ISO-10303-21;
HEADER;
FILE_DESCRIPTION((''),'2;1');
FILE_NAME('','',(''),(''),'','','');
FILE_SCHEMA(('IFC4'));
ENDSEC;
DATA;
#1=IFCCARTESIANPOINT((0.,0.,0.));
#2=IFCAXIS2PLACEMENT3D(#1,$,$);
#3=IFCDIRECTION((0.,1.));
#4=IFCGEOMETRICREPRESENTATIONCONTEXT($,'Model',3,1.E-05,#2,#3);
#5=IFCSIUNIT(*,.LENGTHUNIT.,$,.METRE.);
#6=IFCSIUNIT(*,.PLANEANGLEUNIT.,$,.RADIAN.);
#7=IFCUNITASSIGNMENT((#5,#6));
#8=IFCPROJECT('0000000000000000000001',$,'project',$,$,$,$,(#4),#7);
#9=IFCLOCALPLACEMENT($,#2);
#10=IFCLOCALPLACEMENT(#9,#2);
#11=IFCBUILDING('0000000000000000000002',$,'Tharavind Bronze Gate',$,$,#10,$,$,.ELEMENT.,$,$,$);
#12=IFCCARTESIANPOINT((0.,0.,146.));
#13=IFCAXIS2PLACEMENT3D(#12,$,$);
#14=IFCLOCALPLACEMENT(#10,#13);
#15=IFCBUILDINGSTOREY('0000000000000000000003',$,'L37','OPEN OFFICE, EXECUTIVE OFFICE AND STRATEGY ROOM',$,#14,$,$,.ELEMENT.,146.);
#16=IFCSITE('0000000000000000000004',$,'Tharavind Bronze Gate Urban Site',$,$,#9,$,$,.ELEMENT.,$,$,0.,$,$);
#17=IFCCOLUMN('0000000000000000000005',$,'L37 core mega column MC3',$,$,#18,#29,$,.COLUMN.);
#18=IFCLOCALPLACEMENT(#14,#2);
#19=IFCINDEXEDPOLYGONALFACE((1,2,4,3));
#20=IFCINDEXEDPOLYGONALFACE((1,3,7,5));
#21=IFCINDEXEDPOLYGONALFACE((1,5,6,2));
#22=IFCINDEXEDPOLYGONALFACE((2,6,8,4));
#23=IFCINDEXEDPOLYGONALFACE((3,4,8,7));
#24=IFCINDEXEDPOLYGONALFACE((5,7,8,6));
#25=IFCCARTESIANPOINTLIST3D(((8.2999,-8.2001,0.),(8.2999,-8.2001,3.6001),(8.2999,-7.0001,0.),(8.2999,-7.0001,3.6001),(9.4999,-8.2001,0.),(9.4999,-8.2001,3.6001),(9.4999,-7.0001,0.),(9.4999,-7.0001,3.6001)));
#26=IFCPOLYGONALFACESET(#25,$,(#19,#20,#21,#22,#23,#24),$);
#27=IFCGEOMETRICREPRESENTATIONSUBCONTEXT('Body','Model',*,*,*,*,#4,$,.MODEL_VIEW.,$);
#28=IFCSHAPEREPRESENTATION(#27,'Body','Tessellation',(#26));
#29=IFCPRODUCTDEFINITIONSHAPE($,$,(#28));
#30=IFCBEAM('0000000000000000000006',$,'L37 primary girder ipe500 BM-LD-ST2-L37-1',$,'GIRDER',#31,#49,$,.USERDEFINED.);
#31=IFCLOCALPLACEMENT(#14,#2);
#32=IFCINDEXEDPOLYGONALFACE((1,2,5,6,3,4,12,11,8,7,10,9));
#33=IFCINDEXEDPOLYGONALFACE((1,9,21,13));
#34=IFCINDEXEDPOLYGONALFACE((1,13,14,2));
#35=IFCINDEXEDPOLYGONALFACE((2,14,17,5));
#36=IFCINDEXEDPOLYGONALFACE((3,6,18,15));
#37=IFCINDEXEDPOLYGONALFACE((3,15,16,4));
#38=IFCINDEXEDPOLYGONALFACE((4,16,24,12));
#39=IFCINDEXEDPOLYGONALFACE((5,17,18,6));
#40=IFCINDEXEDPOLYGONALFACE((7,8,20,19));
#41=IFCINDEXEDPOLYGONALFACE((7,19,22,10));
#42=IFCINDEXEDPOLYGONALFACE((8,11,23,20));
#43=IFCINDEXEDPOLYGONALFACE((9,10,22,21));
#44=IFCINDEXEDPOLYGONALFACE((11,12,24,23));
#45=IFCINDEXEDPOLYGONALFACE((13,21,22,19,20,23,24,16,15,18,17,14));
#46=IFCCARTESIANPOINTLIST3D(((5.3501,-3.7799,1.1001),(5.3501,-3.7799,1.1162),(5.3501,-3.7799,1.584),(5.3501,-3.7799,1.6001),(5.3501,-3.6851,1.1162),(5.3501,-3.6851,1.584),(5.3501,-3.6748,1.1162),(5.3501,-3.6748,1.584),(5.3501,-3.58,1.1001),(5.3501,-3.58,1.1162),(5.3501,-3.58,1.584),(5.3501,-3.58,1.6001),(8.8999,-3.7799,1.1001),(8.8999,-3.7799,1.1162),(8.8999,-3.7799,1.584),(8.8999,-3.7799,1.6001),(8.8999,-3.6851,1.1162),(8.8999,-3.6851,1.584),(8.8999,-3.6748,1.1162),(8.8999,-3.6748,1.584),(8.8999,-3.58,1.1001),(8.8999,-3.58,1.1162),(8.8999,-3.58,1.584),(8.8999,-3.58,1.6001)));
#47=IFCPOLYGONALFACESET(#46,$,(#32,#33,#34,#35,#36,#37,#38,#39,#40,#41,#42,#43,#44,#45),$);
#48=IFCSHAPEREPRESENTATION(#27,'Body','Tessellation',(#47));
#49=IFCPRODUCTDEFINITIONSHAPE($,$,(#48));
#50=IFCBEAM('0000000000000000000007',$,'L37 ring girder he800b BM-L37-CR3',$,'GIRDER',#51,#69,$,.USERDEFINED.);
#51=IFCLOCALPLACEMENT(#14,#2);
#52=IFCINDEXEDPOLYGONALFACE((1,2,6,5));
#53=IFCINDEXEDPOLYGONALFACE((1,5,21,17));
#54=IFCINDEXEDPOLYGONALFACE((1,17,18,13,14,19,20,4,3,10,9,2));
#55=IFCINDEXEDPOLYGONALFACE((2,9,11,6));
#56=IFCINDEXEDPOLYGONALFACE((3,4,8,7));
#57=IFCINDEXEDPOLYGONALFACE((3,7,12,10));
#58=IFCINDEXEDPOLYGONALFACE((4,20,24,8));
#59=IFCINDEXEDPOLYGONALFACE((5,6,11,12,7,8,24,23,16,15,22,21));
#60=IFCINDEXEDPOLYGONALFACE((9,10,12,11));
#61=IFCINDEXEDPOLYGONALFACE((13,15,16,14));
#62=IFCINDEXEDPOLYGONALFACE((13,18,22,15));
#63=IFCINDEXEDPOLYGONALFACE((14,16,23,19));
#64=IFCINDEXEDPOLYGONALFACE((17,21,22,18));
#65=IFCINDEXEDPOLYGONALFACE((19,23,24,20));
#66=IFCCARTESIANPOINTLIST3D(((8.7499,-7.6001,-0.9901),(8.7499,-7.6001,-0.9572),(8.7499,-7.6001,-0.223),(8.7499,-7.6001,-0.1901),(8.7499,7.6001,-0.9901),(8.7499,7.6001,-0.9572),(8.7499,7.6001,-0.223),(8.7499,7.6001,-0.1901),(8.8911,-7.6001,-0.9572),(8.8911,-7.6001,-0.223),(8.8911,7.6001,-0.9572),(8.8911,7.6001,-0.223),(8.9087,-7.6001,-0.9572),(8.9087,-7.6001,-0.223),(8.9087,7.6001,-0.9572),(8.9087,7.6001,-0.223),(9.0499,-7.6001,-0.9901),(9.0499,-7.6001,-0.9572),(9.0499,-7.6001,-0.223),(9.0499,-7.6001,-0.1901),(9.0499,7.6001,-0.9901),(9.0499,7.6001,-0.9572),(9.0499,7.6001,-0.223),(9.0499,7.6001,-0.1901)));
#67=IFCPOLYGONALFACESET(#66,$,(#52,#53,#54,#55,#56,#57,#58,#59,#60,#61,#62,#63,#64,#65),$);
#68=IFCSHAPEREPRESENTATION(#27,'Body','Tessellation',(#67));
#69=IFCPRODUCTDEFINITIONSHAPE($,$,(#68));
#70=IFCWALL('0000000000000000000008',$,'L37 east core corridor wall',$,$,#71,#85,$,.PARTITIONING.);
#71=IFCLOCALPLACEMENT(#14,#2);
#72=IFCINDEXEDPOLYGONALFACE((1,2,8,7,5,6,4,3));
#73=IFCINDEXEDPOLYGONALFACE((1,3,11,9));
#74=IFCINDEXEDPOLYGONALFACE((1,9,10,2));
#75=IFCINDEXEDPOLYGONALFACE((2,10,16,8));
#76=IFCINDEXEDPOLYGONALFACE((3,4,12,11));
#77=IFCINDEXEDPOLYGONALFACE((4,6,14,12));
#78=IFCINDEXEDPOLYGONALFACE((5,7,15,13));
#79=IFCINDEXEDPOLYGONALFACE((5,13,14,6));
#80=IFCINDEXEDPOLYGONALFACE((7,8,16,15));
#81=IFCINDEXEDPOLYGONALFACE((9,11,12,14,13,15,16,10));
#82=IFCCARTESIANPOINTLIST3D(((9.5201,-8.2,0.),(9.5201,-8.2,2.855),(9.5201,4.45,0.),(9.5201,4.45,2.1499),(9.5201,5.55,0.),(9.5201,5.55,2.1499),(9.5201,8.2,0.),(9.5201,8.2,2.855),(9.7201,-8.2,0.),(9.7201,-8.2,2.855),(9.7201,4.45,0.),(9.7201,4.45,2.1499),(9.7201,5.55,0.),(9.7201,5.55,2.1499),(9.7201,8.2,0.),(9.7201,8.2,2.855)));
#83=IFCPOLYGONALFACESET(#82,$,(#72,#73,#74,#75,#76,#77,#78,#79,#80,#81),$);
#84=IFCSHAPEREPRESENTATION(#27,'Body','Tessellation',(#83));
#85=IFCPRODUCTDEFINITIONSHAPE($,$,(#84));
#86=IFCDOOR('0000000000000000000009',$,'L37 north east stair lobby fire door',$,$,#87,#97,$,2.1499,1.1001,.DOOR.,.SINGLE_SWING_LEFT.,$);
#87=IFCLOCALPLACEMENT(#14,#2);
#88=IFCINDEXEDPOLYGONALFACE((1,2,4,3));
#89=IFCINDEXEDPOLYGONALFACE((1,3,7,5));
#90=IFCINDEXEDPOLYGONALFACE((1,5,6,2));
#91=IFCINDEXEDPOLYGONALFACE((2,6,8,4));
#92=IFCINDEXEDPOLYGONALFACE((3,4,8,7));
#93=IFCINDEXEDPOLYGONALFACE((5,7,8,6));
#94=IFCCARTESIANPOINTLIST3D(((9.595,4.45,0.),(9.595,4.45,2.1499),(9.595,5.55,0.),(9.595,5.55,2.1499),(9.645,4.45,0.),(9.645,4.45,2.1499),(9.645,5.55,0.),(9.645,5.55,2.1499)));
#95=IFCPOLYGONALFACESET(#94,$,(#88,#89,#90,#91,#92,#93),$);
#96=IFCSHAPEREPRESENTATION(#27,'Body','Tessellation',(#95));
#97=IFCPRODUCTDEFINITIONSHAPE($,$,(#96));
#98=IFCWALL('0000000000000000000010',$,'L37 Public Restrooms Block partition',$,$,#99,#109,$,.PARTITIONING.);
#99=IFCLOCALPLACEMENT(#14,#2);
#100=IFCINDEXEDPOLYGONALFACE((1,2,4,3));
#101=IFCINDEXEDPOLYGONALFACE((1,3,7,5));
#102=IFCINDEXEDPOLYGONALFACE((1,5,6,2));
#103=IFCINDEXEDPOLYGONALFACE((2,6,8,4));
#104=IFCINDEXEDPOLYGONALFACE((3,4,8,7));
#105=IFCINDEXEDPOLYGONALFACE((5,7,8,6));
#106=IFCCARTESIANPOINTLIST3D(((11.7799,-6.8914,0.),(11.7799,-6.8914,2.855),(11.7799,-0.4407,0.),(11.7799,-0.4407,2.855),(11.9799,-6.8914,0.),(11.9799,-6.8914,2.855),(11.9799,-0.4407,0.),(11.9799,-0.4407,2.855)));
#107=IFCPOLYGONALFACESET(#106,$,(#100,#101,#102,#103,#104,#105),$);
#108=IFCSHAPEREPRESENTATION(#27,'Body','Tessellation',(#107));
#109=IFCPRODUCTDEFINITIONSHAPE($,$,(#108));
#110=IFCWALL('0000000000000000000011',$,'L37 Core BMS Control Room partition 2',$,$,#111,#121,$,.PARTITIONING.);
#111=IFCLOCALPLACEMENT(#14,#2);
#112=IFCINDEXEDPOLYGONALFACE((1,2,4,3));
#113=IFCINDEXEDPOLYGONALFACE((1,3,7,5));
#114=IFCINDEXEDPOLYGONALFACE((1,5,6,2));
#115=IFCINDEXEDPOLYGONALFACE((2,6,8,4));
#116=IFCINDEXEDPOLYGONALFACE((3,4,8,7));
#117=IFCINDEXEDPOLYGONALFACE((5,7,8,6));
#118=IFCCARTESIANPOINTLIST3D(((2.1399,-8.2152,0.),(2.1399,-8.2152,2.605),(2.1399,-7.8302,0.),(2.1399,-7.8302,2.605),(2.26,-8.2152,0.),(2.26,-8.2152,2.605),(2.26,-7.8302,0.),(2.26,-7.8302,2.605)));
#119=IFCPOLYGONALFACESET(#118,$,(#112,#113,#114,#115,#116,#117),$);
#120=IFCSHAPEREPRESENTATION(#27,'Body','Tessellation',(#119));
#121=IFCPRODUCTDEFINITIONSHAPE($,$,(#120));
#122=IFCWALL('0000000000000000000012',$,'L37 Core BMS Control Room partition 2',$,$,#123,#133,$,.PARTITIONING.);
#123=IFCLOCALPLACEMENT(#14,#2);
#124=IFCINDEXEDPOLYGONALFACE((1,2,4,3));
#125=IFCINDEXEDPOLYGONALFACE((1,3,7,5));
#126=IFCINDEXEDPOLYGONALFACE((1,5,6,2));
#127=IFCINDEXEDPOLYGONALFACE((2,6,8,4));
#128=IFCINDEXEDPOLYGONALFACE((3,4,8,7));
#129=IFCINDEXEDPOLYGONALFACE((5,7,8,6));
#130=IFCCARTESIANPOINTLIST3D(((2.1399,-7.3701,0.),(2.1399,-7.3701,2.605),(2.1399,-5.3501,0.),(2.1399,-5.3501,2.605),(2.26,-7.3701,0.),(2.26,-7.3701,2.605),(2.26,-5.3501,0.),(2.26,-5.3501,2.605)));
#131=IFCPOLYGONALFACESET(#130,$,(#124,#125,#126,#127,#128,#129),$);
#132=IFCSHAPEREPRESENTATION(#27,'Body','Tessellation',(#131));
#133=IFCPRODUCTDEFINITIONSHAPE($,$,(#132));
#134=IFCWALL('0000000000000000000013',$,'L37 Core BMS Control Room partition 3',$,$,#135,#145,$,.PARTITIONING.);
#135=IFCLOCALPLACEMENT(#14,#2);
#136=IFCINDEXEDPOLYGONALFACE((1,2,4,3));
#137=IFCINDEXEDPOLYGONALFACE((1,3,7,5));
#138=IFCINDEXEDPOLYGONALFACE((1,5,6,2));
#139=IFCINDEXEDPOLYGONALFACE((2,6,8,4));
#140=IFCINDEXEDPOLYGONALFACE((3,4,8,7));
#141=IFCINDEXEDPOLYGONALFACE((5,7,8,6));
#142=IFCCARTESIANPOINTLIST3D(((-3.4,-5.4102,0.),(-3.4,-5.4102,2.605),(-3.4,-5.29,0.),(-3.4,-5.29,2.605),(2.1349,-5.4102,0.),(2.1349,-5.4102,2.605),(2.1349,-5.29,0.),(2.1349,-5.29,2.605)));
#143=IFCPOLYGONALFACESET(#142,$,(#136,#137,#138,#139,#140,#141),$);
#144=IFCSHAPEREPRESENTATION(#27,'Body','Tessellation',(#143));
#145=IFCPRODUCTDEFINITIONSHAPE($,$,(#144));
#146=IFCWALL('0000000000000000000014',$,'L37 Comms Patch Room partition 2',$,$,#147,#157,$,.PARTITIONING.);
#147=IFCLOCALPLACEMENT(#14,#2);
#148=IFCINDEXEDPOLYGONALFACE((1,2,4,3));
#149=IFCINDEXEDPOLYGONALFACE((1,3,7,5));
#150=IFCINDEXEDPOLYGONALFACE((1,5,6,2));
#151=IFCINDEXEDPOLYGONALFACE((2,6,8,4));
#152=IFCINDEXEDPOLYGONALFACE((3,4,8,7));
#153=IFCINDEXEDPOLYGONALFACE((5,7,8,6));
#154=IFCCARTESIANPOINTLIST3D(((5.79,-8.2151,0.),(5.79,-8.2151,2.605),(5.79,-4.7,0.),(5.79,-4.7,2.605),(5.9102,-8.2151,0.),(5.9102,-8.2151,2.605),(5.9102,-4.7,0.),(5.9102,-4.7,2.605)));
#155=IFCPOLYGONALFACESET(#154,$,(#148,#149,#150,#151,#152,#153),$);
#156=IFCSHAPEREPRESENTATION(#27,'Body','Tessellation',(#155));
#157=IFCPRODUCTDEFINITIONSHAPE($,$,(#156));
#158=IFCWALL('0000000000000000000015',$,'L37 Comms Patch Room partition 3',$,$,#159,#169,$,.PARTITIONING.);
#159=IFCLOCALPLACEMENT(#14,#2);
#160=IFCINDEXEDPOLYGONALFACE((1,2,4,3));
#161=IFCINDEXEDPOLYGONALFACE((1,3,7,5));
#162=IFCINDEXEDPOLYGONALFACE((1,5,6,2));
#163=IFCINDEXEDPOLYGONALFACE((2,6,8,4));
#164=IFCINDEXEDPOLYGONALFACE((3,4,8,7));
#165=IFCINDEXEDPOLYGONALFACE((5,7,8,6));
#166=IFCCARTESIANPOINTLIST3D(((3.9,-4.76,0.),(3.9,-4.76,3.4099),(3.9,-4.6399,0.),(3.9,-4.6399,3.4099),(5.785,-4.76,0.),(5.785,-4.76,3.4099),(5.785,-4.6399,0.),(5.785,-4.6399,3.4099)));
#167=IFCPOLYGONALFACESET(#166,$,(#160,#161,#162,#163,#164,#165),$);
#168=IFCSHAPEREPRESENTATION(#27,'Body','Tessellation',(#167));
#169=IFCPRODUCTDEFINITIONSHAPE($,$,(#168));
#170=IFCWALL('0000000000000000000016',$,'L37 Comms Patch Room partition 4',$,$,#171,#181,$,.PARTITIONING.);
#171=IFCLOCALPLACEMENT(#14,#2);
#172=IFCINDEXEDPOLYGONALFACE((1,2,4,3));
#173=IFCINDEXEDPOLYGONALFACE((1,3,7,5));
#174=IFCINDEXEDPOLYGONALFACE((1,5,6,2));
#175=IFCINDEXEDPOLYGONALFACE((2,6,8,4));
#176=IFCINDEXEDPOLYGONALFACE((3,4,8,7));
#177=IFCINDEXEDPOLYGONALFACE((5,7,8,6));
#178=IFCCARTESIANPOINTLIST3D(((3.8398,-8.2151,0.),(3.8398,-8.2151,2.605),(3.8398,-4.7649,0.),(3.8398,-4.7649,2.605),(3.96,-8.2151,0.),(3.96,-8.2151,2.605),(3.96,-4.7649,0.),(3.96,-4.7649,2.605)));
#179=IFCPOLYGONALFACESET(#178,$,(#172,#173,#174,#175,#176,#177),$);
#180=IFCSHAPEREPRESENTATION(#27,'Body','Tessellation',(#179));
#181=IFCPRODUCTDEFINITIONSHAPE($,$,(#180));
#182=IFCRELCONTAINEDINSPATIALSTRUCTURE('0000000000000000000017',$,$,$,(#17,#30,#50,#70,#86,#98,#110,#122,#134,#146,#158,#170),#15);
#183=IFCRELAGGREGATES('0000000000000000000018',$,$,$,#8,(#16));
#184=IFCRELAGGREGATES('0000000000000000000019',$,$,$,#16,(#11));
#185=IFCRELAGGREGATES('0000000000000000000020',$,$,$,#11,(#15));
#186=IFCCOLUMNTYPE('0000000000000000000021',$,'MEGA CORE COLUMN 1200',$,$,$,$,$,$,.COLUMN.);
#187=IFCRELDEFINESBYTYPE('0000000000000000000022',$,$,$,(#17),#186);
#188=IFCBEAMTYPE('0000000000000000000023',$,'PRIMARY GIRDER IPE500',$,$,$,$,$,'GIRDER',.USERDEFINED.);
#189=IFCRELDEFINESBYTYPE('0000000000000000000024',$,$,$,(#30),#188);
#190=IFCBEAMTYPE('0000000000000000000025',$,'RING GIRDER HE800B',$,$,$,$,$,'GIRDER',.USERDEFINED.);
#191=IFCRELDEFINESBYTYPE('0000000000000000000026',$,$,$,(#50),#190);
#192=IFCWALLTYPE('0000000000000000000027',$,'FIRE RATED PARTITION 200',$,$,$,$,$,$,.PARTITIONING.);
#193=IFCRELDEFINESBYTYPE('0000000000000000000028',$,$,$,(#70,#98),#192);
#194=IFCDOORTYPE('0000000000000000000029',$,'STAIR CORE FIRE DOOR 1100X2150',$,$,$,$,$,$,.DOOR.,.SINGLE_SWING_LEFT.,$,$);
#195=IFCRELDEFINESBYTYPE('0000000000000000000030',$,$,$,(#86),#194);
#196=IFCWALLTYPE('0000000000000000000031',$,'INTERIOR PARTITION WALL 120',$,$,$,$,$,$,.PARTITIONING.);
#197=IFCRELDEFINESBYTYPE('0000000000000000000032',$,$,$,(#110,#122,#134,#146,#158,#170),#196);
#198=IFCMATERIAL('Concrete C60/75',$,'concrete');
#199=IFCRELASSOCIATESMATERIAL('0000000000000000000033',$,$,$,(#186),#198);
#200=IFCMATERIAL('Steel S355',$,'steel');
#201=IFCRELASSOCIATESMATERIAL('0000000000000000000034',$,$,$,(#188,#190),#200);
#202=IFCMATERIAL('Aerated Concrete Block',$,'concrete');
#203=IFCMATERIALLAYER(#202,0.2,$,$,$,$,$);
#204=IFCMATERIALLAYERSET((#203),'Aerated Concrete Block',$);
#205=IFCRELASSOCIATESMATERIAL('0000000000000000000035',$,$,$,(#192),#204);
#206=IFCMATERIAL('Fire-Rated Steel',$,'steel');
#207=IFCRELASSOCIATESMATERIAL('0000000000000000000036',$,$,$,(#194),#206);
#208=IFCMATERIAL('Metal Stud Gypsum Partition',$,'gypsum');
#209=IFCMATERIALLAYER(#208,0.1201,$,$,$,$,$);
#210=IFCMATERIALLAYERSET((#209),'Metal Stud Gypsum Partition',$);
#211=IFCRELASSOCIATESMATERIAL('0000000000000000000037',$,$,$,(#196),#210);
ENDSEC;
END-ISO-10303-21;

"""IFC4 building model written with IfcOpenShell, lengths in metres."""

from ifc_helpers import new_model, si_unit, direction, frame, frame_2d, origin, origin_2d, place, context, subcontext, project, spatial, rectangle, i_section, extrude, material, layer, layer_set, material_profile, profile_set, type_object, element, fill, save


model = new_model("IFC4")

# Units and contexts
model_context = context("Model", 3, precision=1e-05, world=origin(), true_north=direction((0.0, 1.0)))
body_context = subcontext(model_context, "Body", "Model", "MODEL_VIEW")
ifc_project = project(units=[si_unit("LENGTHUNIT", "METRE"), si_unit("PLANEANGLEUNIT", "RADIAN")], contexts=[model_context])

# Site, building, storey
site_placement = place(None, origin())
site = spatial("IfcSite", under=ifc_project, at=site_placement, Name="Tharavind Bronze Gate Urban Site", CompositionType="ELEMENT", RefElevation=0.0)
building_placement = place(site_placement, origin())
building = spatial("IfcBuilding", under=site, at=building_placement, Name="Tharavind Bronze Gate", CompositionType="ELEMENT")
storey_placement = place(building_placement, frame((0.0, 0.0, 146.0)))
storey = spatial("IfcBuildingStorey", under=building, at=storey_placement, Name="L37", Description="OPEN OFFICE, EXECUTIVE OFFICE AND STRATEGY ROOM", CompositionType="ELEMENT", Elevation=146.0)

# Column
ifc_material_1 = material(Name="Concrete C60/75", Category="concrete")
ifc_material_profile_1 = material_profile(ifc_material_1, rectangle(XDim=1.2, YDim=1.2, at=origin_2d()), Name="RCCOL1200")
ifc_profile_set_1 = profile_set([ifc_material_profile_1], Name="Concrete C60/75")
column_type = type_object("IfcColumnType", Name="MEGA CORE COLUMN 1200", PredefinedType="COLUMN", material=ifc_profile_set_1)
column_placement = place(storey_placement, frame((8.8999, -7.6001, 0.0), z_axis=(0.0, 0.0, 1.0), x_axis=(1.0, 0.0, 0.0)))
element("IfcColumn", 1, at=column_placement, inside=storey, type_object=column_type, Name="L37 core mega column MC3", PredefinedType="COLUMN", context=body_context, shape_type="SweptSolid", body=[
    extrude(rectangle(XDim=1.2, YDim=1.2, at=origin_2d()), origin(), (0.0, 0.0, 1.0), 3.6001),
])

# Beams
ifc_material_2 = material(Name="Steel S355", Category="steel")
ifc_material_profile_2 = material_profile(ifc_material_2, i_section(OverallWidth=0.2, OverallDepth=0.5, WebThickness=0.0103, FlangeThickness=0.0161, at=origin_2d()), Name="IPE500")
ifc_profile_set_2 = profile_set([ifc_material_profile_2], Name="Steel S355")
beam_type_1 = type_object("IfcBeamType", Name="PRIMARY GIRDER IPE500", ElementType="GIRDER", PredefinedType="USERDEFINED", material=ifc_profile_set_2)
beam_1_placement = place(storey_placement, frame((5.3501, -3.6799, 1.3501), z_axis=(1.0, 0.0, 0.0), x_axis=(0.0, 1.0, 0.0)))
element("IfcBeam", 2, at=beam_1_placement, inside=storey, type_object=beam_type_1, Name="L37 primary girder ipe500 BM-LD-ST2-L37-1", ObjectType="GIRDER", PredefinedType="USERDEFINED", context=body_context, shape_type="SweptSolid", body=[
    extrude(i_section(OverallWidth=0.2, OverallDepth=0.5, WebThickness=0.0103, FlangeThickness=0.0161, at=origin_2d()), origin(), (0.0, 0.0, 1.0), 3.5498),
])
ifc_material_profile_3 = material_profile(ifc_material_2, i_section(OverallWidth=0.3, OverallDepth=0.8, WebThickness=0.0176, FlangeThickness=0.033, at=origin_2d()), Name="HE800B")
ifc_profile_set_3 = profile_set([ifc_material_profile_3], Name="Steel S355")
beam_type_2 = type_object("IfcBeamType", Name="RING GIRDER HE800B", ElementType="GIRDER", PredefinedType="USERDEFINED", material=ifc_profile_set_3)
beam_2_placement = place(storey_placement, frame((8.8999, -7.6001, -0.5901), z_axis=(0.0, 1.0, 0.0), x_axis=(-1.0, 0.0, 0.0)))
element("IfcBeam", 3, at=beam_2_placement, inside=storey, type_object=beam_type_2, Name="L37 ring girder he800b BM-L37-CR3", ObjectType="GIRDER", PredefinedType="USERDEFINED", context=body_context, shape_type="SweptSolid", body=[
    extrude(i_section(OverallWidth=0.3, OverallDepth=0.8, WebThickness=0.0176, FlangeThickness=0.033, at=origin_2d()), origin(), (0.0, 0.0, 1.0), 15.2002),
])

# Wall, opening, door
ifc_material_3 = material(Name="Aerated Concrete Block", Category="concrete")
ifc_layer_1 = layer(ifc_material_3, 0.2)
ifc_layer_set_1 = layer_set([ifc_layer_1], Name="Aerated Concrete Block")
wall_type_1 = type_object("IfcWallType", Name="FIRE RATED PARTITION 200", PredefinedType="PARTITIONING", material=ifc_layer_set_1)
wall_1_placement = place(storey_placement, frame((9.6201, -8.2, 0.0), z_axis=(0.0, 0.0, 1.0), x_axis=(0.0, 1.0, 0.0)))
wall_1 = element("IfcWall", 4, at=wall_1_placement, inside=storey, type_object=wall_type_1, Name="L37 east core corridor wall", PredefinedType="PARTITIONING", context=body_context, shape_type="SweptSolid", body=[
    extrude(rectangle(XDim=16.3999, YDim=0.2, at=frame_2d((8.2, 0.0))), origin(), (0.0, 0.0, 1.0), 2.855),
])
opening_1_placement = place(wall_1_placement, frame((12.6499, 0.0, 0.0)))
opening_1 = element("IfcOpeningElement", 5, at=opening_1_placement, cuts=wall_1, PredefinedType="OPENING", context=body_context, shape_type="SweptSolid", body=[
    extrude(rectangle(XDim=1.1001, YDim=2.1499, at=frame_2d((0.55, 1.075))), frame((0.0, 0.1101, 0.0), z_axis=(0.0, -1.0, 0.0), x_axis=(1.0, 0.0, 0.0)), (0.0, 0.0, 1.0), 0.22),
])
ifc_material_4 = material(Name="Fire-Rated Steel", Category="steel")
door_type_1 = type_object("IfcDoorType", Name="STAIR CORE FIRE DOOR 1100X2150", OperationType="SINGLE_SWING_LEFT", PredefinedType="DOOR", material=ifc_material_4)
door_1_placement = place(opening_1_placement, frame((1.1001, 0.0, 0.0), z_axis=(0.0, 0.0, 1.0), x_axis=(-1.0, 0.0, 0.0)))
door_1 = element("IfcDoor", 6, at=door_1_placement, inside=storey, type_object=door_type_1, Name="L37 north east stair lobby fire door", OperationType="SINGLE_SWING_LEFT", OverallHeight=2.1499, OverallWidth=1.1001, PredefinedType="DOOR", context=body_context, shape_type="SweptSolid", body=[
    extrude(rectangle(XDim=1.1001, YDim=2.1499, at=frame_2d((0.55, 1.075))), frame((0.0, 0.0249, 0.0), z_axis=(0.0, -1.0, 0.0), x_axis=(1.0, 0.0, 0.0)), (0.0, 0.0, 1.0), 0.05),
])
fill(opening_1, door_1)

# Walls
wall_2_placement = place(storey_placement, frame((11.8799, -6.8914, 0.0), z_axis=(0.0, 0.0, 1.0), x_axis=(0.0, 1.0, 0.0)))
element("IfcWall", 7, at=wall_2_placement, inside=storey, type_object=wall_type_1, Name="L37 Public Restrooms Block partition", PredefinedType="PARTITIONING", context=body_context, shape_type="SweptSolid", body=[
    extrude(rectangle(XDim=6.4507, YDim=0.2, at=frame_2d((3.2253, 0.0))), origin(), (0.0, 0.0, 1.0), 2.855),
])
ifc_material_5 = material(Name="Metal Stud Gypsum Partition", Category="gypsum")
ifc_layer_2 = layer(ifc_material_5, 0.1201)
ifc_layer_set_2 = layer_set([ifc_layer_2], Name="Metal Stud Gypsum Partition")
wall_type_2 = type_object("IfcWallType", Name="INTERIOR PARTITION WALL 120", PredefinedType="PARTITIONING", material=ifc_layer_set_2)
wall_3_placement = place(storey_placement, frame((2.2, -8.2151, 0.0), z_axis=(0.0, 0.0, 1.0), x_axis=(0.0, 1.0, 0.0)))
element("IfcWall", 8, at=wall_3_placement, inside=storey, type_object=wall_type_2, Name="L37 Core BMS Control Room partition 2", PredefinedType="PARTITIONING", context=body_context, shape_type="SweptSolid", body=[
    extrude(rectangle(XDim=0.385, YDim=0.1201, at=frame_2d((0.1924, 0.0))), origin(), (0.0, 0.0, 1.0), 2.605),
])
wall_4_placement = place(storey_placement, frame((2.2, -7.3701, 0.0), z_axis=(0.0, 0.0, 1.0), x_axis=(0.0, 1.0, 0.0)))
element("IfcWall", 9, at=wall_4_placement, inside=storey, type_object=wall_type_2, Name="L37 Core BMS Control Room partition 2", PredefinedType="PARTITIONING", context=body_context, shape_type="SweptSolid", body=[
    extrude(rectangle(XDim=2.02, YDim=0.1201, at=frame_2d((1.01, 0.0))), origin(), (0.0, 0.0, 1.0), 2.605),
])
wall_5_placement = place(storey_placement, frame((2.135, -5.3501, 0.0), z_axis=(0.0, 0.0, 1.0), x_axis=(-1.0, 0.0, 0.0)))
element("IfcWall", 10, at=wall_5_placement, inside=storey, type_object=wall_type_2, Name="L37 Core BMS Control Room partition 3", PredefinedType="PARTITIONING", context=body_context, shape_type="SweptSolid", body=[
    extrude(rectangle(XDim=5.5349, YDim=0.1201, at=frame_2d((2.7676, 0.0))), origin(), (0.0, 0.0, 1.0), 2.605),
])
wall_6_placement = place(storey_placement, frame((5.8501, -8.2151, 0.0), z_axis=(0.0, 0.0, 1.0), x_axis=(0.0, 1.0, 0.0)))
element("IfcWall", 11, at=wall_6_placement, inside=storey, type_object=wall_type_2, Name="L37 Comms Patch Room partition 2", PredefinedType="PARTITIONING", context=body_context, shape_type="SweptSolid", body=[
    extrude(rectangle(XDim=3.5151, YDim=0.1201, at=frame_2d((1.7576, 0.0))), origin(), (0.0, 0.0, 1.0), 2.605),
])
wall_7_placement = place(storey_placement, frame((5.7849, -4.7, 0.0), z_axis=(0.0, 0.0, 1.0), x_axis=(-1.0, 0.0, 0.0)))
element("IfcWall", 12, at=wall_7_placement, inside=storey, type_object=wall_type_2, Name="L37 Comms Patch Room partition 3", PredefinedType="PARTITIONING", context=body_context, shape_type="SweptSolid", body=[
    extrude(rectangle(XDim=1.885, YDim=0.1201, at=frame_2d((0.9424, 0.0))), origin(), (0.0, 0.0, 1.0), 3.4099),
])
wall_8_placement = place(storey_placement, frame((3.8999, -4.7649, 0.0), z_axis=(0.0, 0.0, 1.0), x_axis=(0.0, -1.0, 0.0)))
element("IfcWall", 13, at=wall_8_placement, inside=storey, type_object=wall_type_2, Name="L37 Comms Patch Room partition 4", PredefinedType="PARTITIONING", context=body_context, shape_type="SweptSolid", body=[
    extrude(rectangle(XDim=3.4502, YDim=0.1201, at=frame_2d((1.7251, 0.0))), origin(), (0.0, 0.0, 1.0), 2.605),
])

save(model, "model.ifc")
